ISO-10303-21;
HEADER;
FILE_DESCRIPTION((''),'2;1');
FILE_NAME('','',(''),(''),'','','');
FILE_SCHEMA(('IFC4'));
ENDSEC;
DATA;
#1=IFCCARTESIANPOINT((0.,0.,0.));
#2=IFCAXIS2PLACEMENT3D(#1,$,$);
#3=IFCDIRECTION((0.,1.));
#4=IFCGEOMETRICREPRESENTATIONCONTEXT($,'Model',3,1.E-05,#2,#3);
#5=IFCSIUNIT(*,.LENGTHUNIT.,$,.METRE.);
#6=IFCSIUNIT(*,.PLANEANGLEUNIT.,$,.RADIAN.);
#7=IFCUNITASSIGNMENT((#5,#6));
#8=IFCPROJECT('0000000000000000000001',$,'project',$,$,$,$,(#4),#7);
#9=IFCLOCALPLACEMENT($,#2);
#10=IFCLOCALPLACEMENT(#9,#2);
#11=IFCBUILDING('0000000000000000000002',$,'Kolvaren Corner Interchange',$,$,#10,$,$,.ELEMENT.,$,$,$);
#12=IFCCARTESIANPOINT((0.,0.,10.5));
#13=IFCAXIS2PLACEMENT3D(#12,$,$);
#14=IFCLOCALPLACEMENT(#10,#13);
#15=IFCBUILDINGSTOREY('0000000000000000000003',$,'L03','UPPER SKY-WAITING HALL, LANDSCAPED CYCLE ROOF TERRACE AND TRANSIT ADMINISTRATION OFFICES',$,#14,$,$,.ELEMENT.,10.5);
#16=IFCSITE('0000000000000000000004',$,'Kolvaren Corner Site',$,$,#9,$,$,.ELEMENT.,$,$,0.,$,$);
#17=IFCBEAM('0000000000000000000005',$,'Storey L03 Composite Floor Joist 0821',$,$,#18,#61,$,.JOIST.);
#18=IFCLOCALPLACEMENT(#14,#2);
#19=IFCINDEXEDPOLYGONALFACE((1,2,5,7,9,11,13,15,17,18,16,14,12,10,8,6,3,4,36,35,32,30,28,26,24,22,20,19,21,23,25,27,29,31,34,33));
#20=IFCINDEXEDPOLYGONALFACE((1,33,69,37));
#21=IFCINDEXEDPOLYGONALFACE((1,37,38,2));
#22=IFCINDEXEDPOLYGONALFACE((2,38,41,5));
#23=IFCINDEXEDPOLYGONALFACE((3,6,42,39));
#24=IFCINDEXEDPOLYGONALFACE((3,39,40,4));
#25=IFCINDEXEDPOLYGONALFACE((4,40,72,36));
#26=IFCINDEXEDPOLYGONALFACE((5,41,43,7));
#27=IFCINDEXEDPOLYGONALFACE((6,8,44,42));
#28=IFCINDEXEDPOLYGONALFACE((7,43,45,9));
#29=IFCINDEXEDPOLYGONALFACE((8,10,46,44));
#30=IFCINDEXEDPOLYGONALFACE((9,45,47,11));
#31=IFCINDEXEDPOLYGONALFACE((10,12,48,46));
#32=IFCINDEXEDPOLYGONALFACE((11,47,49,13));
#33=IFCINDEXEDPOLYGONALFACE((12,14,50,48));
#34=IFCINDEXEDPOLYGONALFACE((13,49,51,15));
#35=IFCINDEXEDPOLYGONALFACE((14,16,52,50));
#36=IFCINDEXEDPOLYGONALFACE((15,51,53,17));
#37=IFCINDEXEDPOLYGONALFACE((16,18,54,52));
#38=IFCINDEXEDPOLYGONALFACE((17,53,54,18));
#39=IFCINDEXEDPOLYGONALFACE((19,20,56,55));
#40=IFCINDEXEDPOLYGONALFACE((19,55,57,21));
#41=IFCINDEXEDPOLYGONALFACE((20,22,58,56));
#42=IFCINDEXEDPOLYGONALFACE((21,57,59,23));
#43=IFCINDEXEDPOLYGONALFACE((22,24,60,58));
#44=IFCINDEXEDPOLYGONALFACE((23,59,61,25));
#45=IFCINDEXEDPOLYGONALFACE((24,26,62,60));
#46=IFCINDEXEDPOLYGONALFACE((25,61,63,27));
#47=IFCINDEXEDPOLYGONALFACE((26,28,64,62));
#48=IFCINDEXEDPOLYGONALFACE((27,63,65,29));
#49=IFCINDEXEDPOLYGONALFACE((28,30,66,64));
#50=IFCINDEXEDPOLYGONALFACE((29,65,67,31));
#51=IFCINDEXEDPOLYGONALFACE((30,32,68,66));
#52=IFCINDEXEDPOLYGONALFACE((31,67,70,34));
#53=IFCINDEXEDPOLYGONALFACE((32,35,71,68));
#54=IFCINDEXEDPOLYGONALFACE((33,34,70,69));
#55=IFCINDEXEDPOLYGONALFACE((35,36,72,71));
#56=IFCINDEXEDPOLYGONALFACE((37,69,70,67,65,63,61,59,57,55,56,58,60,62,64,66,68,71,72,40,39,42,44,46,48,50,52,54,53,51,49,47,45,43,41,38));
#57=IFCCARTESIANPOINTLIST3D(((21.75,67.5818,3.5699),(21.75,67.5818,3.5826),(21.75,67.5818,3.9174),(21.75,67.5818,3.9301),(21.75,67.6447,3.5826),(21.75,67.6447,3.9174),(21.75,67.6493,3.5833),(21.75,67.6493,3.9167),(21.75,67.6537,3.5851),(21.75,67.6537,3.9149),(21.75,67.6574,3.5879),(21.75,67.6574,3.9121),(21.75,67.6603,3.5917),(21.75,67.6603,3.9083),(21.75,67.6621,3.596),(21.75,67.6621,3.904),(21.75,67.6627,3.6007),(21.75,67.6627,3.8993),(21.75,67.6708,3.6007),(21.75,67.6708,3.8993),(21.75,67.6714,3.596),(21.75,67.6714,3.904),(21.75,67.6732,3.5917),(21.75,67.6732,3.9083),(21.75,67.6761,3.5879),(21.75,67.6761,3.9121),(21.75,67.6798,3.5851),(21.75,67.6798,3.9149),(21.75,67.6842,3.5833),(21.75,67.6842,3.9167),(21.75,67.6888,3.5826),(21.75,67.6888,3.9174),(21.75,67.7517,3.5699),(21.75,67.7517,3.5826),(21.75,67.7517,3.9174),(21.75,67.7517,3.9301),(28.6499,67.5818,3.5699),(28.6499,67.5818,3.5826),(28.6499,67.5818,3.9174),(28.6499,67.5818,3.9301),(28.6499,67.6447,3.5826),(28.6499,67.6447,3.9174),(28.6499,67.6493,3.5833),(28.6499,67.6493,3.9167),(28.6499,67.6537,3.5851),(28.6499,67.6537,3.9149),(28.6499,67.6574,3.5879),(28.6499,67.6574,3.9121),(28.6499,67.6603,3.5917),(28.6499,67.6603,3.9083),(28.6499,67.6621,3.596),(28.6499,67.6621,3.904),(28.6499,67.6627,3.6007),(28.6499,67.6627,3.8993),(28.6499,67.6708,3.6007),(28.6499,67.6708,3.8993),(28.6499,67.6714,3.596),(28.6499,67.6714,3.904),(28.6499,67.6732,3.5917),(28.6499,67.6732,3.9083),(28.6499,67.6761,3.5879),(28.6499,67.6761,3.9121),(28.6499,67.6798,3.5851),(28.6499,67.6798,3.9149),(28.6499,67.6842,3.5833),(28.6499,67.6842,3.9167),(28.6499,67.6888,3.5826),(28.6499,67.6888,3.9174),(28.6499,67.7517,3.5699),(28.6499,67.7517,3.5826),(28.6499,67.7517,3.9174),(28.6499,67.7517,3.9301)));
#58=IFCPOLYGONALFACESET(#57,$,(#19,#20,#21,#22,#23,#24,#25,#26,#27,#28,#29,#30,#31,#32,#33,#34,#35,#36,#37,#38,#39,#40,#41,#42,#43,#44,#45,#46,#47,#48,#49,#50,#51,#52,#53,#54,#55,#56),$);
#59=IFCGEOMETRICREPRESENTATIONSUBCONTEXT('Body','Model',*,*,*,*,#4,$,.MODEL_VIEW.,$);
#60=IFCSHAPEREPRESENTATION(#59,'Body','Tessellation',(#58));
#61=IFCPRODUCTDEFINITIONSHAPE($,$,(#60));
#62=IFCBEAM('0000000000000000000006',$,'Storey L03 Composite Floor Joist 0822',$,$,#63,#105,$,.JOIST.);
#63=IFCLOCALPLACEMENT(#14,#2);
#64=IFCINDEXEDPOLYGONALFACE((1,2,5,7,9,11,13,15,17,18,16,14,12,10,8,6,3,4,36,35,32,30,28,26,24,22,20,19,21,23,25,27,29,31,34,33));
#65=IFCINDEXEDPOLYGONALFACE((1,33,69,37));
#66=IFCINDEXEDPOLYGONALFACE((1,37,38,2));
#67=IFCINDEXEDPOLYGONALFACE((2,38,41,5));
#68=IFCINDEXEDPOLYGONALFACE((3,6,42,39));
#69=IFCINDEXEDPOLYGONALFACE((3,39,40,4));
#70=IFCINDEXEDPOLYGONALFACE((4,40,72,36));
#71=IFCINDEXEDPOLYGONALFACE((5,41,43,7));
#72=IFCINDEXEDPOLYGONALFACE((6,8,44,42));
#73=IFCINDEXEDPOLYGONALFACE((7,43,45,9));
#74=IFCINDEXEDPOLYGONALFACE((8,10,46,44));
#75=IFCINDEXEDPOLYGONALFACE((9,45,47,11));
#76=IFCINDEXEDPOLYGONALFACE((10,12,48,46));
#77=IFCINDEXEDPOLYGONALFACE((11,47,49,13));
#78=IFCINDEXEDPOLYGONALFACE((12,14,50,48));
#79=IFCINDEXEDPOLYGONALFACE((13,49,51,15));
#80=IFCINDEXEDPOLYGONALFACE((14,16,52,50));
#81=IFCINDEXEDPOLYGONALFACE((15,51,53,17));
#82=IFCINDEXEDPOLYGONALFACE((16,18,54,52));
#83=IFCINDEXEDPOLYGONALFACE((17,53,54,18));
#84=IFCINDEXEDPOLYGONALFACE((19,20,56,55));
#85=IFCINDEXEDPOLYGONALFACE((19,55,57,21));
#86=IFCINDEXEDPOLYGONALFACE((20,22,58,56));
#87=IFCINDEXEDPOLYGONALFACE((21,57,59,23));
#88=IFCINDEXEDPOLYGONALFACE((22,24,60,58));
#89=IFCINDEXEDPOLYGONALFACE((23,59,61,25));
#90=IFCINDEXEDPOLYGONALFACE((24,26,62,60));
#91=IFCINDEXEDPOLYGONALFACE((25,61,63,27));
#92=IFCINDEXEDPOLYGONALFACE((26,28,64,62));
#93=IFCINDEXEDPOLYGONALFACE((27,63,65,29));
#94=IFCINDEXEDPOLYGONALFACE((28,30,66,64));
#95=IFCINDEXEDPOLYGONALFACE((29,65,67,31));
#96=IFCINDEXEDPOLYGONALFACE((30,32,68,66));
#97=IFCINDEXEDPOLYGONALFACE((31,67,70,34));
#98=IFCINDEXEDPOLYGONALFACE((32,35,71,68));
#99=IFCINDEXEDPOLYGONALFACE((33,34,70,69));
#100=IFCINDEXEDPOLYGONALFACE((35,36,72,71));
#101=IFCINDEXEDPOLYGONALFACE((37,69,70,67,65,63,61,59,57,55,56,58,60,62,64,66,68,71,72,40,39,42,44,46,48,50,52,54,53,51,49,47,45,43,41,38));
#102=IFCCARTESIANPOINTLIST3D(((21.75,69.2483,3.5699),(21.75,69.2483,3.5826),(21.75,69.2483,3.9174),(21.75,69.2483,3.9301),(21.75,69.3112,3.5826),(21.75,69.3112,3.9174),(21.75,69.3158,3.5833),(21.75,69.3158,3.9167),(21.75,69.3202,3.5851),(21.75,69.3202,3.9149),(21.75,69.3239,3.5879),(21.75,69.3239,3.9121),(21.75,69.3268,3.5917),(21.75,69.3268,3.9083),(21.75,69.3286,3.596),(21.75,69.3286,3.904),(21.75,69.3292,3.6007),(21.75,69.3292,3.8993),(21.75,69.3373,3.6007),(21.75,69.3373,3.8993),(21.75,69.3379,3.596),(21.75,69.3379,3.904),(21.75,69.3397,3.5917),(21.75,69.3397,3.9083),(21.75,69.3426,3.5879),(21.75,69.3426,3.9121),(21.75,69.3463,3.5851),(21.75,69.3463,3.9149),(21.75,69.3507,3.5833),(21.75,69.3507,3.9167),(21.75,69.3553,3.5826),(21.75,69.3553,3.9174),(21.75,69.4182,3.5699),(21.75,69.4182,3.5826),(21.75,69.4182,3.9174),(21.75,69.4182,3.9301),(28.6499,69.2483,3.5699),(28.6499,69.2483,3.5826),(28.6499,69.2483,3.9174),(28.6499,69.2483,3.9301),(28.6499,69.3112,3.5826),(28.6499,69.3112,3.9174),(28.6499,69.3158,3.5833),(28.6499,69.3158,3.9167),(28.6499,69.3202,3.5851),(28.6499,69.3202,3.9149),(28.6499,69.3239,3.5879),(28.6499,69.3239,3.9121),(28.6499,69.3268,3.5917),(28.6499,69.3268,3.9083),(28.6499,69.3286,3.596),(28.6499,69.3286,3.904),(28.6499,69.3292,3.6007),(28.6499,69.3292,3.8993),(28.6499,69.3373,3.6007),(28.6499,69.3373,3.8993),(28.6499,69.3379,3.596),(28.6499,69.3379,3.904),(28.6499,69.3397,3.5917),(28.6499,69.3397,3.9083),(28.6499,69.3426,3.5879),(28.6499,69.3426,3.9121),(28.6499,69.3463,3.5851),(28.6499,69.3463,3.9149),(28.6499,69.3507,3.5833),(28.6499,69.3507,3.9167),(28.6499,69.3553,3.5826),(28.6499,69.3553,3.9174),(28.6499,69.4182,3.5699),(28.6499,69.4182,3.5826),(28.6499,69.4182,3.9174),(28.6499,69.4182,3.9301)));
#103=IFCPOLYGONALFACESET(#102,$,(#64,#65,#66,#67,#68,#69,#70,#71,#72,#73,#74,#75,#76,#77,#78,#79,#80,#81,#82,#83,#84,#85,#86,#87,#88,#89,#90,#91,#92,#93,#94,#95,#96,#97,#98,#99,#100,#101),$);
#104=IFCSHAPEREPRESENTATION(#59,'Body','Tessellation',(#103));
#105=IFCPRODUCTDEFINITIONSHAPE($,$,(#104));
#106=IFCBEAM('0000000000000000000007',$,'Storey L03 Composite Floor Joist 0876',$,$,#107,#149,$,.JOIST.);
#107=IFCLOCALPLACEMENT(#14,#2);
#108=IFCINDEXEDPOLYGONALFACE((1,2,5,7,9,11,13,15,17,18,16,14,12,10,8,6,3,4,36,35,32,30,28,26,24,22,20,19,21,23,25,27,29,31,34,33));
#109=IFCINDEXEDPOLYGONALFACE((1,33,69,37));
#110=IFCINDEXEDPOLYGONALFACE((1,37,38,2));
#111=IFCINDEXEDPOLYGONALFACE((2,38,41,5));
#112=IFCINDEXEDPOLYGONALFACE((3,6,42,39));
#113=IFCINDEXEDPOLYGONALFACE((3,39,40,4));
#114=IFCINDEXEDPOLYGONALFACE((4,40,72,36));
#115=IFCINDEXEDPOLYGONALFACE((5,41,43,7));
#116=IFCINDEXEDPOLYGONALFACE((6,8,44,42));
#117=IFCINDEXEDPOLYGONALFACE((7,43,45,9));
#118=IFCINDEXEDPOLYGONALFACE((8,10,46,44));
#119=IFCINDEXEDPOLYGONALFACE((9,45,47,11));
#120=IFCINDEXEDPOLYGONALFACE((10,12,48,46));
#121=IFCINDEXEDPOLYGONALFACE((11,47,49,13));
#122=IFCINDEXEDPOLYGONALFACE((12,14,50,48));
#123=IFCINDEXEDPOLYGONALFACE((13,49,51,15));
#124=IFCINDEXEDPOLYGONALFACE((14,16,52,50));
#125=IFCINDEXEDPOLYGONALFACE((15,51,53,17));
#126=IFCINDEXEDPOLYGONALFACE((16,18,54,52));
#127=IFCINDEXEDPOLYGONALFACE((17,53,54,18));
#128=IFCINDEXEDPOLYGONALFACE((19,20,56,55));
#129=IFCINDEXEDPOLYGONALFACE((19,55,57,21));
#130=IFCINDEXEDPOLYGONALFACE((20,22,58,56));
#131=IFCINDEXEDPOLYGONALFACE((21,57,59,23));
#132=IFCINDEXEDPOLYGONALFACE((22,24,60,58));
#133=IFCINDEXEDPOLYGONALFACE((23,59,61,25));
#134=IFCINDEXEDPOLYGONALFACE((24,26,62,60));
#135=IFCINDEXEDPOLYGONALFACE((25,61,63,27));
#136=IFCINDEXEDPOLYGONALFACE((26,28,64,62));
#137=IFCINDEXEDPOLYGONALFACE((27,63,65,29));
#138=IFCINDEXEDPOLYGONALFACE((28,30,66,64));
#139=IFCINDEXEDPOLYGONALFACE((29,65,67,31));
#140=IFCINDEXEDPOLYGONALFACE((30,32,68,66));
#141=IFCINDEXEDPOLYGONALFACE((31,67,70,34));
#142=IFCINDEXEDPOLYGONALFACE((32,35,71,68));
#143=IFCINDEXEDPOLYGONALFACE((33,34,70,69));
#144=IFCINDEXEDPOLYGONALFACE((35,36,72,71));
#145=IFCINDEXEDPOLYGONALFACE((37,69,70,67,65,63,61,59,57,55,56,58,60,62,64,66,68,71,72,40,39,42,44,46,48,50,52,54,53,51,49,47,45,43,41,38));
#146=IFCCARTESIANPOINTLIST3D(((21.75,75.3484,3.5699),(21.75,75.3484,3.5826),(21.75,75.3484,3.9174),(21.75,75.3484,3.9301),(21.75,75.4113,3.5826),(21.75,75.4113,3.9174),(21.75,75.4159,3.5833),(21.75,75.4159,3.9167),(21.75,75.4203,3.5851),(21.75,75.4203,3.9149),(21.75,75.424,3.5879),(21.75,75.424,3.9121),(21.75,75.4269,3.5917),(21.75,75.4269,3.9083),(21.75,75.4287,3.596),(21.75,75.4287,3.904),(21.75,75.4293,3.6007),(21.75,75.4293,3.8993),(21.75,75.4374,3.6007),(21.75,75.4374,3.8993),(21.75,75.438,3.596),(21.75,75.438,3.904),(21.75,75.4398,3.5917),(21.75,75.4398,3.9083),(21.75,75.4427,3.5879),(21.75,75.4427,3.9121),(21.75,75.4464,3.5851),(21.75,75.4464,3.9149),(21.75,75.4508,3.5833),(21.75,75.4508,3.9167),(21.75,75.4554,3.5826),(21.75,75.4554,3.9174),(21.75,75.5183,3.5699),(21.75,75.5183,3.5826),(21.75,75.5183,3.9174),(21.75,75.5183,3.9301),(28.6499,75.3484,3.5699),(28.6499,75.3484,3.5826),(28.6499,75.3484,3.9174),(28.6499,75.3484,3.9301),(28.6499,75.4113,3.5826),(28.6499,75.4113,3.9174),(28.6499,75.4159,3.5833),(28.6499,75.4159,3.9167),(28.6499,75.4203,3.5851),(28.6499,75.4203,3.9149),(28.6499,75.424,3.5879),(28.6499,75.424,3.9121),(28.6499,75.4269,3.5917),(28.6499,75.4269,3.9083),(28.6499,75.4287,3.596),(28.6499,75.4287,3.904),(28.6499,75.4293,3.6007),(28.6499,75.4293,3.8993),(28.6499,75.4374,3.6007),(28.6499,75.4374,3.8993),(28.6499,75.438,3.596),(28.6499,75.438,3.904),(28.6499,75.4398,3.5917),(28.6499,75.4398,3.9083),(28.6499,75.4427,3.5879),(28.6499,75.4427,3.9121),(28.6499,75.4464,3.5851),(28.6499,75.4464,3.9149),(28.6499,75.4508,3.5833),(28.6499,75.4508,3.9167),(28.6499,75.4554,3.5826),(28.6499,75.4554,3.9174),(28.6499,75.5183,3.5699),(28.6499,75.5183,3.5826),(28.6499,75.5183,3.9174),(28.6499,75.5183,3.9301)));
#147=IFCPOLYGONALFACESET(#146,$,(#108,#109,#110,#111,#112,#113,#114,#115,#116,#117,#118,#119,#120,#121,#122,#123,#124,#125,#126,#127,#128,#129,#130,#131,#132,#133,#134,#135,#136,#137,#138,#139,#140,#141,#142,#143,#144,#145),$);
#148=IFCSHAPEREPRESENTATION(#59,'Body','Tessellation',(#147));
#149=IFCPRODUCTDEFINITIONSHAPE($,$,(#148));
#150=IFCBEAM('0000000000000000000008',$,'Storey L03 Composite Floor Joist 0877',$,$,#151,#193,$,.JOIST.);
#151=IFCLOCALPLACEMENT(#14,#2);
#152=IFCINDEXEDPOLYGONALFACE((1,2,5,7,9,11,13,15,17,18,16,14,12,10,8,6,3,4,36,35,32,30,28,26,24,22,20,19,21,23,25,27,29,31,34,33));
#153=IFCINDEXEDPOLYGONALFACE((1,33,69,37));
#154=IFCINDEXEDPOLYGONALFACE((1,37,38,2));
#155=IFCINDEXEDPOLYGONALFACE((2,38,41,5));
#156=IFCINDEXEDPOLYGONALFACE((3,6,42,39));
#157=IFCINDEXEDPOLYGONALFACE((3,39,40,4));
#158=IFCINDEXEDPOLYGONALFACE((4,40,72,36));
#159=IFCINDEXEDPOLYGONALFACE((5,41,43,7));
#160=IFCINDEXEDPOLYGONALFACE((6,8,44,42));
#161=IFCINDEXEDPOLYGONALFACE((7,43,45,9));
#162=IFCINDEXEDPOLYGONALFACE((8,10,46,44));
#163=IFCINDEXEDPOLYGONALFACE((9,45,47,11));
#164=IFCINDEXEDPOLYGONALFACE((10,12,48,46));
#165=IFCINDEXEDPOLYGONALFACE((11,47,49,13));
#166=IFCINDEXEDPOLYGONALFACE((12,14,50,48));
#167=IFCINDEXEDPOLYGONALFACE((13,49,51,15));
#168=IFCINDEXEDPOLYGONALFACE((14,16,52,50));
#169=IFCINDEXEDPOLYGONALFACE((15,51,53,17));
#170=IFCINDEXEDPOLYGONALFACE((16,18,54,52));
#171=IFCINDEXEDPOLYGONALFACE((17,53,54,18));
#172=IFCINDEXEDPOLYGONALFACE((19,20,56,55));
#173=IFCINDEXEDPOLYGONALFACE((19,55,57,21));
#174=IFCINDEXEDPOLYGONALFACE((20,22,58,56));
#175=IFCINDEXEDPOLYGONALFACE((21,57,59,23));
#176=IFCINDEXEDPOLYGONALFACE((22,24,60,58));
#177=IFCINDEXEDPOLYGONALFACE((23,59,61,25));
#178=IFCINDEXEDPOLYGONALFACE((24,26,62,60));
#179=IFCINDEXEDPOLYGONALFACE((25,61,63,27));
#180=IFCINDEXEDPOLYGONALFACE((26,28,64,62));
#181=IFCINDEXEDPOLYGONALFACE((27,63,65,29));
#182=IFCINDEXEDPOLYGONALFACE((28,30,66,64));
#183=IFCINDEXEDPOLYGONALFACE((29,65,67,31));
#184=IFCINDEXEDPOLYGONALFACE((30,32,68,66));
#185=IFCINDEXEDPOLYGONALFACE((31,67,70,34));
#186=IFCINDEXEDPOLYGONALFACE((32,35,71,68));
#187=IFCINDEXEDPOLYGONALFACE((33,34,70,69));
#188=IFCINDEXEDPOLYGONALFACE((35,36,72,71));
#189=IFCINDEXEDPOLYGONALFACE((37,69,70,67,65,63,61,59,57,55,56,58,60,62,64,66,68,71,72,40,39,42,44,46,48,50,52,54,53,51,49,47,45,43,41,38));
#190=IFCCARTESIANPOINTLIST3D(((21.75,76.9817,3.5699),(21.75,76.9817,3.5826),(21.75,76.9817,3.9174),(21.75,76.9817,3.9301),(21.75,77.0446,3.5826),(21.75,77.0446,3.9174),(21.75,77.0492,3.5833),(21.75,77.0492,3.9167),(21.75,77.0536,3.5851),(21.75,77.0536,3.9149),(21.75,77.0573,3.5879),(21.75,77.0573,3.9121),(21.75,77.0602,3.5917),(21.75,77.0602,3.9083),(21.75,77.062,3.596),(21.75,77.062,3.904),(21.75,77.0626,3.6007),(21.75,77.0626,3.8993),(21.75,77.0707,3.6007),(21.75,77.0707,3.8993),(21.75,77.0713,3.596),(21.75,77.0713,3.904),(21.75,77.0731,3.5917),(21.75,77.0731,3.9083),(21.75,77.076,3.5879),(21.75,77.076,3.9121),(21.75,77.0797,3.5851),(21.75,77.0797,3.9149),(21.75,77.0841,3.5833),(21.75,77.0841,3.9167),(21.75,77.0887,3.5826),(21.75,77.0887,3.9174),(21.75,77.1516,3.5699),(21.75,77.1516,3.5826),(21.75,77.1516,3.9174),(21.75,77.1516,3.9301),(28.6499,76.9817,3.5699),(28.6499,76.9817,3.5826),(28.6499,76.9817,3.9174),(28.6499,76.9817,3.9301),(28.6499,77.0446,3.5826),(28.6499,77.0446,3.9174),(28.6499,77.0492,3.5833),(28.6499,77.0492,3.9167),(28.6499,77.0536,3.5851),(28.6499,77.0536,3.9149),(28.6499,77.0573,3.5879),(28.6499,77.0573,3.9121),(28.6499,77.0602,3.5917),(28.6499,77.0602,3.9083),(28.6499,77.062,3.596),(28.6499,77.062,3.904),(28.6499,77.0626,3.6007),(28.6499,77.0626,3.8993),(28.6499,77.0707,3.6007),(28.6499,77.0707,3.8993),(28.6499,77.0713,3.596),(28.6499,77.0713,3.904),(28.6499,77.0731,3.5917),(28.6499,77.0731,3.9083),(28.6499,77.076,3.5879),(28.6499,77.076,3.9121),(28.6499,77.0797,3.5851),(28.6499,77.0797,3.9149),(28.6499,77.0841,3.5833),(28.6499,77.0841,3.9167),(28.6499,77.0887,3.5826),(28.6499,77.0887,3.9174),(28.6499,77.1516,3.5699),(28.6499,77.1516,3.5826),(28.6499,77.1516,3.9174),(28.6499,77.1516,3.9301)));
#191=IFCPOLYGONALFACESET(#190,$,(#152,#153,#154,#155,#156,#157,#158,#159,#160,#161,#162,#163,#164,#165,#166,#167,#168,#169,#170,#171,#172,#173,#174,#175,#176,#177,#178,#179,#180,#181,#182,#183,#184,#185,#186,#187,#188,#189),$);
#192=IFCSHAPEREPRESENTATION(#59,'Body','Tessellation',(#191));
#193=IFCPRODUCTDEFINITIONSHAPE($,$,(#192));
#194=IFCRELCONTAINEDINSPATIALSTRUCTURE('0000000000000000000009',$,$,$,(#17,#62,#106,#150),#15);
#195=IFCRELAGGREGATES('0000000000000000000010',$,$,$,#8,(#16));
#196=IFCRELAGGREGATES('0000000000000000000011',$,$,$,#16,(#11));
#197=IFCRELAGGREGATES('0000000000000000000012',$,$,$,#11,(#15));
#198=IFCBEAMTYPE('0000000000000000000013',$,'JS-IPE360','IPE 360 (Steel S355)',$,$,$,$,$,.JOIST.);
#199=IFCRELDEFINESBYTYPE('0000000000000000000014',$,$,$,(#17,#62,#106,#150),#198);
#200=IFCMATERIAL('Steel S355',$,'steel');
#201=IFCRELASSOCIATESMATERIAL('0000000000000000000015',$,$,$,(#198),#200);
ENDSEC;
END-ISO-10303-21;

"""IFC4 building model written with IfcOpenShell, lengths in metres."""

from ifc_helpers import new_model, si_unit, direction, frame, origin, origin_2d, place, context, subcontext, project, spatial, i_section, extrude, material, material_profile, profile_set, type_object, element, save


model = new_model("IFC4")

# Units and contexts
model_context = context("Model", 3, precision=1e-05, world=origin(), true_north=direction((0.0, 1.0)))
body_context = subcontext(model_context, "Body", "Model", "MODEL_VIEW")
ifc_project = project(units=[si_unit("LENGTHUNIT", "METRE"), si_unit("PLANEANGLEUNIT", "RADIAN")], contexts=[model_context])

# Site, building, storey
site_placement = place(None, origin())
site = spatial("IfcSite", under=ifc_project, at=site_placement, Name="Kolvaren Corner Site", CompositionType="ELEMENT", RefElevation=0.0)
building_placement = place(site_placement, origin())
building = spatial("IfcBuilding", under=site, at=building_placement, Name="Kolvaren Corner Interchange", CompositionType="ELEMENT")
storey_placement = place(building_placement, frame((0.0, 0.0, 10.5)))
storey = spatial("IfcBuildingStorey", under=building, at=storey_placement, Name="L03", Description="UPPER SKY-WAITING HALL, LANDSCAPED CYCLE ROOF TERRACE AND TRANSIT ADMINISTRATION OFFICES", CompositionType="ELEMENT", Elevation=10.5)

# Beams
ifc_material_1 = material(Name="Steel S355", Category="steel")
ifc_material_profile_1 = material_profile(ifc_material_1, i_section(OverallWidth=0.1699, OverallDepth=0.3601, WebThickness=0.0081, FlangeThickness=0.0127, FilletRadius=0.0181, at=origin_2d()), Name="IPE 360")
ifc_profile_set_1 = profile_set([ifc_material_profile_1], Name="Steel S355")
beam_type_1 = type_object("IfcBeamType", Name="JS-IPE360", Description="IPE 360 (Steel S355)", PredefinedType="JOIST", material=ifc_profile_set_1)
for number, where, z_axis, x_axis, name in (
    (1, (21.75, 67.6667, 3.75), (1.0, 0.0, 0.0), (0.0, 1.0, 0.0), "Storey L03 Composite Floor Joist 0821"),
    (2, (21.75, 69.3333, 3.75), (1.0, 0.0, 0.0), (0.0, 1.0, 0.0), "Storey L03 Composite Floor Joist 0822"),
    (3, (21.75, 75.4333, 3.75), (1.0, 0.0, 0.0), (0.0, 1.0, 0.0), "Storey L03 Composite Floor Joist 0876"),
    (4, (21.75, 77.0667, 3.75), (1.0, 0.0, 0.0), (0.0, 1.0, 0.0), "Storey L03 Composite Floor Joist 0877"),
):
    element("IfcBeam", number, at=place(storey_placement, frame(where, z_axis=z_axis, x_axis=x_axis)), inside=storey, type_object=beam_type_1, Name=name, PredefinedType="JOIST", context=body_context, shape_type="SweptSolid", body=[
        extrude(i_section(OverallWidth=0.1699, OverallDepth=0.3601, WebThickness=0.0081, FlangeThickness=0.0127, FilletRadius=0.0181, at=origin_2d()), origin(), (0.0, 0.0, 1.0), 6.8999),
    ])

save(model, "model.ifc")
